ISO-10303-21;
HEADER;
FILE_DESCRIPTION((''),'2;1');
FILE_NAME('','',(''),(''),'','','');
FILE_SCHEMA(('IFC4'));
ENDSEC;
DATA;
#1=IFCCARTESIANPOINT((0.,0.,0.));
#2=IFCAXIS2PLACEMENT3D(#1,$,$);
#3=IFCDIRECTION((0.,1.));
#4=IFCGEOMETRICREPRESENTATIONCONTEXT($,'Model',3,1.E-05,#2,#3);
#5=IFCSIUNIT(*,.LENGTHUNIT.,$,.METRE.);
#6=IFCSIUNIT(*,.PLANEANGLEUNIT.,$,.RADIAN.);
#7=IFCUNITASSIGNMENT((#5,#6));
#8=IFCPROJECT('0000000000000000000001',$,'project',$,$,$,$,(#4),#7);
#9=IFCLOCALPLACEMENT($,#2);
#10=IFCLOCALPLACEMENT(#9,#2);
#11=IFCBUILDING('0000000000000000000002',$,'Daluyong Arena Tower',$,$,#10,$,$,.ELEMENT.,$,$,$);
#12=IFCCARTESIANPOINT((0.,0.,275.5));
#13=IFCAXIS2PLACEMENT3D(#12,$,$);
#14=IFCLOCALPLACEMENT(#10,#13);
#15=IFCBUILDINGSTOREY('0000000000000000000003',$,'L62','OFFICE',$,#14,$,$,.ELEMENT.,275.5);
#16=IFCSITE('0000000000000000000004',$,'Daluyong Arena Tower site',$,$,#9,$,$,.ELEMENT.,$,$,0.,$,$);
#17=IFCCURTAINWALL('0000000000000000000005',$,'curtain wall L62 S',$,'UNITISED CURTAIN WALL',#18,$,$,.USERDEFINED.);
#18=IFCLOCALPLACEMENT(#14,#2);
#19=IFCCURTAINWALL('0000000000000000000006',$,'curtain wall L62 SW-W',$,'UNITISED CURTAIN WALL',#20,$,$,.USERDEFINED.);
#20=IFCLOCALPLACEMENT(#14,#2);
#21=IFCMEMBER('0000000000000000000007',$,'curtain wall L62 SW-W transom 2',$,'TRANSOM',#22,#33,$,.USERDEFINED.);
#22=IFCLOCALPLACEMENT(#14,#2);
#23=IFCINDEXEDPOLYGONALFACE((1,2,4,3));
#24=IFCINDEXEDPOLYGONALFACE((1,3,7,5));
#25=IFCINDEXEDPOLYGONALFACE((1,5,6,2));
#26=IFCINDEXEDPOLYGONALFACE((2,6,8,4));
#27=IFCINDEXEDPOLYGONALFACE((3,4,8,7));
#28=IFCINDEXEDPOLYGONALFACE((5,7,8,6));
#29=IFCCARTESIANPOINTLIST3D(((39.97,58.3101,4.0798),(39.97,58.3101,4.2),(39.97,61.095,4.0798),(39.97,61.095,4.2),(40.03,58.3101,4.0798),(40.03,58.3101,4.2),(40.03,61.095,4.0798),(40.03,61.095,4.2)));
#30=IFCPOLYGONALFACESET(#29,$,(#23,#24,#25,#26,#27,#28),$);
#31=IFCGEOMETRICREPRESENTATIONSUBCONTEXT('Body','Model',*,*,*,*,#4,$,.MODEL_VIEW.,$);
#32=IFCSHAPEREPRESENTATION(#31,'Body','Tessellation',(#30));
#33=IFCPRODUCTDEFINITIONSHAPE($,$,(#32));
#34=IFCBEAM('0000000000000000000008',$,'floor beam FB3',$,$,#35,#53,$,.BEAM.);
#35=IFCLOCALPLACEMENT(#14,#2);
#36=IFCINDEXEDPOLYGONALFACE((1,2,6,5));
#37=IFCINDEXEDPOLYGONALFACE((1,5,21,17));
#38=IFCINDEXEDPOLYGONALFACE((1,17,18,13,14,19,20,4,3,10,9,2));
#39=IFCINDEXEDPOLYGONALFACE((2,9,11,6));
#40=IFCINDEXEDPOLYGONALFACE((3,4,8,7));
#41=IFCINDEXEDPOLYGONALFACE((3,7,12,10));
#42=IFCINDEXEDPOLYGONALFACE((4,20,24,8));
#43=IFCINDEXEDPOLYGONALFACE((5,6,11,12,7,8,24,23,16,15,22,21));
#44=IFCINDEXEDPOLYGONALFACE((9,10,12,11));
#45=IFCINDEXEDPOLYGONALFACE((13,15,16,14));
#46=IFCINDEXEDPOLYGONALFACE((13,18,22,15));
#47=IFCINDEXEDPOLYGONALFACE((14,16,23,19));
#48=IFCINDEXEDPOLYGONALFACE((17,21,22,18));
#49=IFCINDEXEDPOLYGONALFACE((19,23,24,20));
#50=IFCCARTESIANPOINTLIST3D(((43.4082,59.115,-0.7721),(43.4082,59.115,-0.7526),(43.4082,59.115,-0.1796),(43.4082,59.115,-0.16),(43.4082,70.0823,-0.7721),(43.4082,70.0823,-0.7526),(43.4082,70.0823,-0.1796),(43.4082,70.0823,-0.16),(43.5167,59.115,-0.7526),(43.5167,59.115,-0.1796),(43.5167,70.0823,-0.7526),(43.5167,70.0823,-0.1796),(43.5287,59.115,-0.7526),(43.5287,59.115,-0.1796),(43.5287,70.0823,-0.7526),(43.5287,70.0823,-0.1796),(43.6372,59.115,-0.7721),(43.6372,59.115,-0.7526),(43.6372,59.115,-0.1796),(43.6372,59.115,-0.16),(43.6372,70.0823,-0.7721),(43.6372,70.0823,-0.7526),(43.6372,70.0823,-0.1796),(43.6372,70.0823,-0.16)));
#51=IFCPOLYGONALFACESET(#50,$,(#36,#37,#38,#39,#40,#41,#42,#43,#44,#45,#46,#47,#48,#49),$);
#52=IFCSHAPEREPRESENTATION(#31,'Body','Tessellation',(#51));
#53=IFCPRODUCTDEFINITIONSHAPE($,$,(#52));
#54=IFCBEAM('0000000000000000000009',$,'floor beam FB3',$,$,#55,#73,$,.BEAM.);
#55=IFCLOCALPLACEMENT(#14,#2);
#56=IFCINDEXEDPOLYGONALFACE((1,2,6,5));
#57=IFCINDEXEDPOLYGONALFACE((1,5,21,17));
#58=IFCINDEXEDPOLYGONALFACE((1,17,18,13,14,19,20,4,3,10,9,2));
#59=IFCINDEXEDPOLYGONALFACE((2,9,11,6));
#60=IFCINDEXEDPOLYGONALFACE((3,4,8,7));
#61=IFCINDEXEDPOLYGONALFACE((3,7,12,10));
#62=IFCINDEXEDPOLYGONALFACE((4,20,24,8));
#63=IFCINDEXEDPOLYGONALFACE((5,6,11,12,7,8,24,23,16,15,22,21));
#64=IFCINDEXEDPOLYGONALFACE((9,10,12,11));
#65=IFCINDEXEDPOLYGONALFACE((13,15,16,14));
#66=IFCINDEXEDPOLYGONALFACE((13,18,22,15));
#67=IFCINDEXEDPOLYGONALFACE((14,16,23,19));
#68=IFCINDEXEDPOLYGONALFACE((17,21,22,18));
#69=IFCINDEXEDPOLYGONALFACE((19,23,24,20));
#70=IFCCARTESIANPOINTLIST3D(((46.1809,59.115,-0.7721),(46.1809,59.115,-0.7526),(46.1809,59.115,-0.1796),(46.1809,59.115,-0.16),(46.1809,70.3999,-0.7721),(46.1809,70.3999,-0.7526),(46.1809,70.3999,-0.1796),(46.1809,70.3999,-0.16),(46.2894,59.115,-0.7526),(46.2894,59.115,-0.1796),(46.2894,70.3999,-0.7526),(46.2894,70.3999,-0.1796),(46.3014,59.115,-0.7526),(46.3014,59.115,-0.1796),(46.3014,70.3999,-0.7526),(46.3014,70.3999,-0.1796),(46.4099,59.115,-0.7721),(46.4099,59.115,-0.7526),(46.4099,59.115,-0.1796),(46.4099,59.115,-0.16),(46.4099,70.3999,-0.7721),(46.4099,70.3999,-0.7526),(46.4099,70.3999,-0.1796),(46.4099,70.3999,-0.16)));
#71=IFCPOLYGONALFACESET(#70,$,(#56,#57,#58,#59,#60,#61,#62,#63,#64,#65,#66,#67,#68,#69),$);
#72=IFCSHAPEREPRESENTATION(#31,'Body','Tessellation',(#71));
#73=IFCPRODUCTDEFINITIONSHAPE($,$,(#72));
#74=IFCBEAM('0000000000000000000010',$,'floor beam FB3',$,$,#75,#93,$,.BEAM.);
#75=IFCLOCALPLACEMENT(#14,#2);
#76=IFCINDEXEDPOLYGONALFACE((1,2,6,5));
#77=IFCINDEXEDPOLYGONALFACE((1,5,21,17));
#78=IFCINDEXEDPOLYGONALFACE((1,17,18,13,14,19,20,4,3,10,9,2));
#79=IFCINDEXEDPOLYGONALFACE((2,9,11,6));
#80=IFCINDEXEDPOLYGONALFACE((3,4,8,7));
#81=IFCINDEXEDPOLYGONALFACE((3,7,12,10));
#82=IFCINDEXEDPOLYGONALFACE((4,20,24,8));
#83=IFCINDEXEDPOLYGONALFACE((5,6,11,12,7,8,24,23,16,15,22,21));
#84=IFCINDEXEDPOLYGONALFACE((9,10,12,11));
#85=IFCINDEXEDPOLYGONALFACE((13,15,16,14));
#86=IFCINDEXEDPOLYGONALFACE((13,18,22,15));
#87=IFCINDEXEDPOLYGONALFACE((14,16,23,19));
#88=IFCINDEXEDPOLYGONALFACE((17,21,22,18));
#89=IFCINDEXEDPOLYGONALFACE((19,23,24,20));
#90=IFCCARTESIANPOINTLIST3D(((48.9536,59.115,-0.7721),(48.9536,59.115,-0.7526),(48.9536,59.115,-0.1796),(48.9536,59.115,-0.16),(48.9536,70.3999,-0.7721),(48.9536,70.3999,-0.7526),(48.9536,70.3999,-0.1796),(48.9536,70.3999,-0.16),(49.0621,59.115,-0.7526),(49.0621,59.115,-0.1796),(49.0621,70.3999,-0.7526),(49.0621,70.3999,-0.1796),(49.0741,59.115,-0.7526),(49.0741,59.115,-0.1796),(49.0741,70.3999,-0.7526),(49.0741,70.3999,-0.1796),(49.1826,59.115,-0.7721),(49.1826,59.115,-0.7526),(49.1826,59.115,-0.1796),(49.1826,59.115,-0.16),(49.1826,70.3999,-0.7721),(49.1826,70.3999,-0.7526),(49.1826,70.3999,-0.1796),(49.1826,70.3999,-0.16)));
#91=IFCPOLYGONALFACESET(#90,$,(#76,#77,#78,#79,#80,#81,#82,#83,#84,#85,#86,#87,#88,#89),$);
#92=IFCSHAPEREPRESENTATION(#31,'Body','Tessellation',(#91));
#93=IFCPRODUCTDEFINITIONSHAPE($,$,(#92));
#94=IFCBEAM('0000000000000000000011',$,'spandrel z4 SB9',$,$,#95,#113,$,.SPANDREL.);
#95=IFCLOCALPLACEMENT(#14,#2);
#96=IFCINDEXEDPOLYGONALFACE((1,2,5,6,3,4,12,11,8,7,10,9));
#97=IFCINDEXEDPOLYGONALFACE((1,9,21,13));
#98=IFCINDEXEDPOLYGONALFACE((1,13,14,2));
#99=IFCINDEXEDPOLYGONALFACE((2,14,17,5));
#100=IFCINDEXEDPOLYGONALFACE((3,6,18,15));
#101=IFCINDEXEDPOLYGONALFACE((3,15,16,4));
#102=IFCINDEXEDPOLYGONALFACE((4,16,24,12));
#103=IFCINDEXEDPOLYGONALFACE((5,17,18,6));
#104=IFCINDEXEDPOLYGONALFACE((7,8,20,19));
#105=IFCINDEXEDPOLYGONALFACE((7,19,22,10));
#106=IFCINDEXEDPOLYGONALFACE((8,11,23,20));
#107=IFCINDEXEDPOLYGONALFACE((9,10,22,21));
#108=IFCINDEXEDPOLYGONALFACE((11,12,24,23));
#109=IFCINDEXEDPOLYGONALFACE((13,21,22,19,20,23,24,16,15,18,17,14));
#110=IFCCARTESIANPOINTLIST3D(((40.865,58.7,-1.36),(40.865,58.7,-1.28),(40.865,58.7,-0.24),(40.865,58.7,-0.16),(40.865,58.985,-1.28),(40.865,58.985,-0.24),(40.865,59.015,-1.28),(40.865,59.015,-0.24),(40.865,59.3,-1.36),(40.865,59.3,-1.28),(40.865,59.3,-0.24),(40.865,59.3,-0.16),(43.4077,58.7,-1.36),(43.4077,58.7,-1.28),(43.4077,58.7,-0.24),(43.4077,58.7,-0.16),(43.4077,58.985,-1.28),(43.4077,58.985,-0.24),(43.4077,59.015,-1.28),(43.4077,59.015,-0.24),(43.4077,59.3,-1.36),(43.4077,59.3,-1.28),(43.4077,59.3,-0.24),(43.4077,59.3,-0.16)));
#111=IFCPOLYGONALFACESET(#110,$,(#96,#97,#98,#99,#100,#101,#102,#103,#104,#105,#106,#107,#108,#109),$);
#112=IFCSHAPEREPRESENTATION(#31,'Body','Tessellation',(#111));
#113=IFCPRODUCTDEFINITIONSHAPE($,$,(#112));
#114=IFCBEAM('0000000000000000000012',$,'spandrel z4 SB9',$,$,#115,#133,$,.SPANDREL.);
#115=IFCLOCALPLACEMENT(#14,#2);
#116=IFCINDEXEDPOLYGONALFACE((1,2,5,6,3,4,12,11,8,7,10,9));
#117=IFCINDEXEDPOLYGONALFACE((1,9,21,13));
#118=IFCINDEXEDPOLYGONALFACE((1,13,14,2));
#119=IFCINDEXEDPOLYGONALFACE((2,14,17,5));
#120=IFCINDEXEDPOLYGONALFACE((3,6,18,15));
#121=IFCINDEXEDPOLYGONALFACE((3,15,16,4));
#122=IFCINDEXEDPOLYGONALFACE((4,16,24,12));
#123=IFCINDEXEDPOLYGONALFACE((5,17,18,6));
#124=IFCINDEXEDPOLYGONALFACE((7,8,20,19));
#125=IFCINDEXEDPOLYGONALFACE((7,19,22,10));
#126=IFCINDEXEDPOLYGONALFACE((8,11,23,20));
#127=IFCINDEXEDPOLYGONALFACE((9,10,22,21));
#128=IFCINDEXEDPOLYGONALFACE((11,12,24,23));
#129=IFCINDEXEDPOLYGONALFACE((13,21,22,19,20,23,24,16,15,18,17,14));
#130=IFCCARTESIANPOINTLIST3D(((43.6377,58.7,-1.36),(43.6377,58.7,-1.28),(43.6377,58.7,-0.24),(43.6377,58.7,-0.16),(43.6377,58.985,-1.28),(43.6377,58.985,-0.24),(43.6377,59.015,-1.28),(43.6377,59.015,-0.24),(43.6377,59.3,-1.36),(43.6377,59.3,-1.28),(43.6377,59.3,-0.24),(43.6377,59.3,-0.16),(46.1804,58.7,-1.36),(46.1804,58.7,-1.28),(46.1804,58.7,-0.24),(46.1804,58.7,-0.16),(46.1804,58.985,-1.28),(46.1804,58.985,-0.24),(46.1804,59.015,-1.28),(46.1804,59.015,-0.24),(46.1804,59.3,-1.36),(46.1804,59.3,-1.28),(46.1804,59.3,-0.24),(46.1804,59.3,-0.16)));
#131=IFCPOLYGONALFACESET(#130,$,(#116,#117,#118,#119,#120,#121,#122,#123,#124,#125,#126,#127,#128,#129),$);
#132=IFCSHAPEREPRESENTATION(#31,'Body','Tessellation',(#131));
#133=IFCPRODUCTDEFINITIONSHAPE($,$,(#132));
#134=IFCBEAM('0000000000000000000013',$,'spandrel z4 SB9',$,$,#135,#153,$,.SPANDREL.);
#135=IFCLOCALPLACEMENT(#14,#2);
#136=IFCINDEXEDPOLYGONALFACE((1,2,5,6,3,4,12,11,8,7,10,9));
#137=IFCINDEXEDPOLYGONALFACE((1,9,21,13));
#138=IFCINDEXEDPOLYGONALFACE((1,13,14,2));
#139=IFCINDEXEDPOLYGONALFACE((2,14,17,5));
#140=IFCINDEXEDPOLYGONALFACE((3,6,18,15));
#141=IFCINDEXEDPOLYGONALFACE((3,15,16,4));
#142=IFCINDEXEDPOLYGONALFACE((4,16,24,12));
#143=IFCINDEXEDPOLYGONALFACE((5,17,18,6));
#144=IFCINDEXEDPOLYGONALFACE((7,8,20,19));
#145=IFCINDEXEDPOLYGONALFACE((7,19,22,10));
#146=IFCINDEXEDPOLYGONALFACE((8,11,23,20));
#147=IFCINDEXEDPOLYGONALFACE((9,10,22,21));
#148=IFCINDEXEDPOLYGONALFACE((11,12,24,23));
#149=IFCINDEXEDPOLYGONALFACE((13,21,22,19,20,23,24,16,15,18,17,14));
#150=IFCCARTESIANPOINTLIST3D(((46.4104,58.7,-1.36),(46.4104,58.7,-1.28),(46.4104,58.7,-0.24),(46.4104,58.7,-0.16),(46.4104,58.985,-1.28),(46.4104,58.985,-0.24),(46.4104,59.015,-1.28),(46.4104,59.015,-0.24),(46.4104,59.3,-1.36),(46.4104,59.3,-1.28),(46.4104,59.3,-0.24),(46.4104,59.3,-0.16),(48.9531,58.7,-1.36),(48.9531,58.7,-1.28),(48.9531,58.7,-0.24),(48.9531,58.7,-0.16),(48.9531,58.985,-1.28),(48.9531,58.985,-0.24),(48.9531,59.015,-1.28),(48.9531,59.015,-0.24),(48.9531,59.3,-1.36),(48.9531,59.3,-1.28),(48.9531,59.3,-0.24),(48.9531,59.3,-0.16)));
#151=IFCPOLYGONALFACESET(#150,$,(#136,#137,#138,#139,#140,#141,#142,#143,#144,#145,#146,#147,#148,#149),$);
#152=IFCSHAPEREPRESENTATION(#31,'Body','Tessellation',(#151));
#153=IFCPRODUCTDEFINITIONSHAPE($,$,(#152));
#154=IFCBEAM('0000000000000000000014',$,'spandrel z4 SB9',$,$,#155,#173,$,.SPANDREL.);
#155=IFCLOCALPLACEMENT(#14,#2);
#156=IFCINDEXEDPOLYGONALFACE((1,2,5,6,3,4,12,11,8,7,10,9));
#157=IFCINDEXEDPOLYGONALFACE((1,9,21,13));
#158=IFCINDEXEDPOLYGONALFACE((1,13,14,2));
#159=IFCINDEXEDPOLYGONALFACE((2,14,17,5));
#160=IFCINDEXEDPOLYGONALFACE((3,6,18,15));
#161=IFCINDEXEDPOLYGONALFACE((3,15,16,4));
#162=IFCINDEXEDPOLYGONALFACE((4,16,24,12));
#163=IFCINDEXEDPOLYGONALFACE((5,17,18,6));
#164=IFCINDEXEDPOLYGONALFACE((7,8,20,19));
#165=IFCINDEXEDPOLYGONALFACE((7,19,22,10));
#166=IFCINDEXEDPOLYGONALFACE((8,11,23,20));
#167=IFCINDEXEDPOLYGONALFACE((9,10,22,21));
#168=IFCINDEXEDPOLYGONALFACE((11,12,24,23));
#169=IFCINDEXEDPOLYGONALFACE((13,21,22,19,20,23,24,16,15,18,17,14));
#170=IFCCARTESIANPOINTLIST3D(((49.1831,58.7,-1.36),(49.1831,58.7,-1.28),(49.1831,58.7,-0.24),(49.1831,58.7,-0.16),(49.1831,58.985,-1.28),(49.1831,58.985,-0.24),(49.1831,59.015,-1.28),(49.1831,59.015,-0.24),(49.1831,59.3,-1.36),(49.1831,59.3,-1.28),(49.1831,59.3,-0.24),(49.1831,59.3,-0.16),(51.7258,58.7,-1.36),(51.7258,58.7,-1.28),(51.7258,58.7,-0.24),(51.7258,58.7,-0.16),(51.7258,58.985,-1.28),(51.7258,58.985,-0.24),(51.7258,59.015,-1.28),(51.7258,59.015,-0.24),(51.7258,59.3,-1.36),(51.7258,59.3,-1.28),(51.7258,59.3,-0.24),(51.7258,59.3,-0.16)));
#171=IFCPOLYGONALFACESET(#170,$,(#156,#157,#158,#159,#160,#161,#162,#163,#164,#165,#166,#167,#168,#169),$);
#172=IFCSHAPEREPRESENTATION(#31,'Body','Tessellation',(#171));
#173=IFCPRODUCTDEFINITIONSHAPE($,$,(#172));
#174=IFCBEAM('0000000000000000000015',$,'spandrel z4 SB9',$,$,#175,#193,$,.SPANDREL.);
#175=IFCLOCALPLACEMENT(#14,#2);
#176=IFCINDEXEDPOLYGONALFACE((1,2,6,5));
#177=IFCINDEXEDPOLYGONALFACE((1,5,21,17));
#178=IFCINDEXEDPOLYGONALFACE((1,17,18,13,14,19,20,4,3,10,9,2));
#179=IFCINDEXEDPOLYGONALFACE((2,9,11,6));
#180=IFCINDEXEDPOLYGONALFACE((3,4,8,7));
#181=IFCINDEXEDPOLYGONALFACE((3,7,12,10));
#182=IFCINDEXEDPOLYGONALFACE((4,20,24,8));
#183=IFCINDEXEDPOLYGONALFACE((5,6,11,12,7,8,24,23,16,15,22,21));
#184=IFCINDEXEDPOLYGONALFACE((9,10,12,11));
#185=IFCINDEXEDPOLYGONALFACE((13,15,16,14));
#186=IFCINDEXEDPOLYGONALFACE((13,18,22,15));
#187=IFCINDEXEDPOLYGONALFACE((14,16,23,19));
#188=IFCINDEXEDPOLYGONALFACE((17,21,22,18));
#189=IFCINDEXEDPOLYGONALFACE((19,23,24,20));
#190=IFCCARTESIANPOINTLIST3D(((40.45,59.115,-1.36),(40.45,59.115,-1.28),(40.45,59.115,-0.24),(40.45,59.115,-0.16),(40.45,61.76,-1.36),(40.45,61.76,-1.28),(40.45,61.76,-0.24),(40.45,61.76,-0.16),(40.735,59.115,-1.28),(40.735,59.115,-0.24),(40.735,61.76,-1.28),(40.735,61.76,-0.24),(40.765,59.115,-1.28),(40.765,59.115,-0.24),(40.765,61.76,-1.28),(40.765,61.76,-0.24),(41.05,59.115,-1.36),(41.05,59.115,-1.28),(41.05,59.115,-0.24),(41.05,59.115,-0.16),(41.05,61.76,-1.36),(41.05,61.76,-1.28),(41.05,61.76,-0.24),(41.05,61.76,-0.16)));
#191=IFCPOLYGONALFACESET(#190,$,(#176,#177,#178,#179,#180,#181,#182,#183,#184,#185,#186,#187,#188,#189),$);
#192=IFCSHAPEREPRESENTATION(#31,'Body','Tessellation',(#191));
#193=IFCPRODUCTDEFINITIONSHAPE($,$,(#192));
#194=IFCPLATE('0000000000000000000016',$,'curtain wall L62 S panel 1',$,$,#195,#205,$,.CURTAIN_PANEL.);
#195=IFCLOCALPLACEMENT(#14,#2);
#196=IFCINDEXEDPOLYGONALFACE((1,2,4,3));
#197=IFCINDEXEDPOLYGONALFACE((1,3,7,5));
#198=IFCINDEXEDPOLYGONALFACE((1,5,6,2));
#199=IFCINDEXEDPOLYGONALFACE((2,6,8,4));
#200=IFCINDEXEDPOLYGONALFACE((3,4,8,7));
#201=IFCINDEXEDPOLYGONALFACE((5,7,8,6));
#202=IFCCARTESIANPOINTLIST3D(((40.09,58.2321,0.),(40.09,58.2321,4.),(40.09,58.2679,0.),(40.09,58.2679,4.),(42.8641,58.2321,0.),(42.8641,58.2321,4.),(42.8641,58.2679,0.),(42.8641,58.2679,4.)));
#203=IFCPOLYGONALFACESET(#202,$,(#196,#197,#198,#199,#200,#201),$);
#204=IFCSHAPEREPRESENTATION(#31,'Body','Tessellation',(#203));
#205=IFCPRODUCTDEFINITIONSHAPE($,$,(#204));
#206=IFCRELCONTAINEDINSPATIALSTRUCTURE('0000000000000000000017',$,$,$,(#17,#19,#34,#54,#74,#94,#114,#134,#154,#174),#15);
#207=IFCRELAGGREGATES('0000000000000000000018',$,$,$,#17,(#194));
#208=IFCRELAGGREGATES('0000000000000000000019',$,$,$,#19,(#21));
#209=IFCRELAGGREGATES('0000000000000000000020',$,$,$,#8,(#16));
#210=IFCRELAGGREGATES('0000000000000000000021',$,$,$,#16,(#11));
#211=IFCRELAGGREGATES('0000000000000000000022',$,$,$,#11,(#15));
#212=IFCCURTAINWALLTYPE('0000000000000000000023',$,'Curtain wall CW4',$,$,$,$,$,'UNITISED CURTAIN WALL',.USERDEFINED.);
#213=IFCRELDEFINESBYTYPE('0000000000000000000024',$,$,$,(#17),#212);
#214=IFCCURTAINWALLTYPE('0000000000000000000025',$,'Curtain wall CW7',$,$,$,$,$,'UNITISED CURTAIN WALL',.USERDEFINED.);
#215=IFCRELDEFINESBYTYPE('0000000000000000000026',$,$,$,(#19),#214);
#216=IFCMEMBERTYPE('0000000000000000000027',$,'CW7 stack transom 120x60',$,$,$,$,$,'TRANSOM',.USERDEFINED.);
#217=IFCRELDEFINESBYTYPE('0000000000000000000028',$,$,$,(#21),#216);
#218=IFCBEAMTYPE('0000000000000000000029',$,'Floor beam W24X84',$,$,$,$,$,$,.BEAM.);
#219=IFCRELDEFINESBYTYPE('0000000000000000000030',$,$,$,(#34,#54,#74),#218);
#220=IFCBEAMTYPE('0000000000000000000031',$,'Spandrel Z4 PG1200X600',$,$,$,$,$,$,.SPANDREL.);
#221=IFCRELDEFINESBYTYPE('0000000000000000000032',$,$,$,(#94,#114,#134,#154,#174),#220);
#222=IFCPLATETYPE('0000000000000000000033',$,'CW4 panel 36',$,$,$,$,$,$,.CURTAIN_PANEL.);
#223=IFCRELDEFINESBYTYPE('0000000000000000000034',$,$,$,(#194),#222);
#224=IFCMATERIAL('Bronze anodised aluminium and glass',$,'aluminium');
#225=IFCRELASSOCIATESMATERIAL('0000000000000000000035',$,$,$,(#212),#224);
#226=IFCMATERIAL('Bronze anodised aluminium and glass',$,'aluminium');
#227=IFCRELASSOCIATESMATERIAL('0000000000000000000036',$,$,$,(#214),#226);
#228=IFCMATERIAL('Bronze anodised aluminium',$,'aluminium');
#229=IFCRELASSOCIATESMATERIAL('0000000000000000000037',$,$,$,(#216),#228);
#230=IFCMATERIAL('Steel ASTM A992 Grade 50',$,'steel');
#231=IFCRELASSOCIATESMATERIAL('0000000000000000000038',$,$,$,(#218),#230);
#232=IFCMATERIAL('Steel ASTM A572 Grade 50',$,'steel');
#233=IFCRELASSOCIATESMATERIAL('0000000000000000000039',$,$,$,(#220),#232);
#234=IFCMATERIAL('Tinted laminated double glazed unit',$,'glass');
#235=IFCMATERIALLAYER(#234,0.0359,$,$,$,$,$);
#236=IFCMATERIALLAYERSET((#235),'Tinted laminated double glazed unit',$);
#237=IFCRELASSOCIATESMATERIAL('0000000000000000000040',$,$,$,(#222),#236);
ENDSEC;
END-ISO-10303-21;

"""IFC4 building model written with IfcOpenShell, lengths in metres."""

from ifc_helpers import new_model, si_unit, direction, frame, origin, origin_2d, place, context, subcontext, project, spatial, rectangle, i_section, extrude, material, layer, layer_set, material_profile, profile_set, type_object, element, aggregate, save


model = new_model("IFC4")

# Units and contexts
model_context = context("Model", 3, precision=1e-05, world=origin(), true_north=direction((0.0, 1.0)))
body_context = subcontext(model_context, "Body", "Model", "MODEL_VIEW")
ifc_project = project(units=[si_unit("LENGTHUNIT", "METRE"), si_unit("PLANEANGLEUNIT", "RADIAN")], contexts=[model_context])

# Site, building, storey
site_placement = place(None, origin())
site = spatial("IfcSite", under=ifc_project, at=site_placement, Name="Daluyong Arena Tower site", CompositionType="ELEMENT", RefElevation=0.0)
building_placement = place(site_placement, origin())
building = spatial("IfcBuilding", under=site, at=building_placement, Name="Daluyong Arena Tower", CompositionType="ELEMENT")
storey_placement = place(building_placement, frame((0.0, 0.0, 275.5)))
storey = spatial("IfcBuildingStorey", under=building, at=storey_placement, Name="L62", Description="OFFICE", CompositionType="ELEMENT", Elevation=275.5)

# Curtain walls, member
ifc_material_1 = material(Name="Bronze anodised aluminium and glass", Category="aluminium")
curtain_wall_type_1 = type_object("IfcCurtainWallType", Name="Curtain wall CW4", ElementType="UNITISED CURTAIN WALL", PredefinedType="USERDEFINED", material=ifc_material_1)
curtain_wall_1_placement = place(storey_placement, origin())
curtain_wall_1 = element("IfcCurtainWall", 1, at=curtain_wall_1_placement, inside=storey, type_object=curtain_wall_type_1, Name="curtain wall L62 S", ObjectType="UNITISED CURTAIN WALL", PredefinedType="USERDEFINED")
ifc_material_2 = material(Name="Bronze anodised aluminium and glass", Category="aluminium")
curtain_wall_type_2 = type_object("IfcCurtainWallType", Name="Curtain wall CW7", ElementType="UNITISED CURTAIN WALL", PredefinedType="USERDEFINED", material=ifc_material_2)
curtain_wall_2_placement = place(storey_placement, origin())
curtain_wall_2 = element("IfcCurtainWall", 2, at=curtain_wall_2_placement, inside=storey, type_object=curtain_wall_type_2, Name="curtain wall L62 SW-W", ObjectType="UNITISED CURTAIN WALL", PredefinedType="USERDEFINED")
ifc_material_3 = material(Name="Bronze anodised aluminium", Category="aluminium")
ifc_material_profile_1 = material_profile(ifc_material_3, rectangle(XDim=0.0601, YDim=0.1201, at=origin_2d()))
ifc_profile_set_1 = profile_set([ifc_material_profile_1], Name="Bronze anodised aluminium")
member_type_1 = type_object("IfcMemberType", Name="CW7 stack transom 120x60", ElementType="TRANSOM", PredefinedType="USERDEFINED", material=ifc_profile_set_1)
member_1_placement = place(storey_placement, frame((40.0, 61.095, 4.1399), z_axis=(0.0, -1.0, 0.0), x_axis=(1.0, 0.0, 0.0)))
member_1 = element("IfcMember", 3, at=member_1_placement, type_object=member_type_1, Name="curtain wall L62 SW-W transom 2", ObjectType="TRANSOM", PredefinedType="USERDEFINED", context=body_context, shape_type="SweptSolid", body=[
    extrude(rectangle(XDim=0.0601, YDim=0.1201, at=origin_2d()), origin(), (0.0, 0.0, 1.0), 2.7849),
])

# Beams
ifc_material_4 = material(Name="Steel ASTM A992 Grade 50", Category="steel")
ifc_material_profile_2 = material_profile(ifc_material_4, i_section(OverallWidth=0.229, OverallDepth=0.6121, WebThickness=0.012, FlangeThickness=0.0195, at=origin_2d()))
ifc_profile_set_2 = profile_set([ifc_material_profile_2], Name="Steel ASTM A992 Grade 50")
beam_type_1 = type_object("IfcBeamType", Name="Floor beam W24X84", PredefinedType="BEAM", material=ifc_profile_set_2)
beam_1_placement = place(storey_placement, frame((43.5227, 59.115, -0.4661), z_axis=(0.0, 1.0, 0.0), x_axis=(-1.0, 0.0, 0.0)))
element("IfcBeam", 4, at=beam_1_placement, inside=storey, type_object=beam_type_1, Name="floor beam FB3", PredefinedType="BEAM", context=body_context, shape_type="SweptSolid", body=[
    extrude(i_section(OverallWidth=0.229, OverallDepth=0.6121, WebThickness=0.012, FlangeThickness=0.0195, at=origin_2d()), origin(), (0.0, 0.0, 1.0), 10.9673),
])
for number, where, z_axis, x_axis, name in (
    (5, (46.2954, 59.115, -0.4661), (0.0, 1.0, 0.0), (-1.0, 0.0, 0.0), "floor beam FB3"),
    (6, (49.0681, 59.115, -0.4661), (0.0, 1.0, 0.0), (-1.0, 0.0, 0.0), "floor beam FB3"),
):
    element("IfcBeam", number, at=place(storey_placement, frame(where, z_axis=z_axis, x_axis=x_axis)), inside=storey, type_object=beam_type_1, Name=name, PredefinedType="BEAM", context=body_context, shape_type="SweptSolid", body=[
        extrude(i_section(OverallWidth=0.229, OverallDepth=0.6121, WebThickness=0.012, FlangeThickness=0.0195, at=origin_2d()), origin(), (0.0, 0.0, 1.0), 11.2849),
    ])
ifc_material_5 = material(Name="Steel ASTM A572 Grade 50", Category="steel")
ifc_material_profile_3 = material_profile(ifc_material_5, i_section(OverallWidth=0.6001, OverallDepth=1.2, WebThickness=0.03, FlangeThickness=0.08, at=origin_2d()))
ifc_profile_set_3 = profile_set([ifc_material_profile_3], Name="Steel ASTM A572 Grade 50")
beam_type_2 = type_object("IfcBeamType", Name="Spandrel Z4 PG1200X600", PredefinedType="SPANDREL", material=ifc_profile_set_3)
for number, where, z_axis, x_axis, name in (
    (7, (40.865, 59.0, -0.76), (1.0, 0.0, 0.0), (0.0, 1.0, 0.0), "spandrel z4 SB9"),
    (8, (43.6377, 59.0, -0.76), (1.0, 0.0, 0.0), (0.0, 1.0, 0.0), "spandrel z4 SB9"),
    (9, (46.4104, 59.0, -0.76), (1.0, 0.0, 0.0), (0.0, 1.0, 0.0), "spandrel z4 SB9"),
    (10, (49.1831, 59.0, -0.76), (1.0, 0.0, 0.0), (0.0, 1.0, 0.0), "spandrel z4 SB9"),
):
    element("IfcBeam", number, at=place(storey_placement, frame(where, z_axis=z_axis, x_axis=x_axis)), inside=storey, type_object=beam_type_2, Name=name, PredefinedType="SPANDREL", context=body_context, shape_type="SweptSolid", body=[
        extrude(i_section(OverallWidth=0.6001, OverallDepth=1.2, WebThickness=0.03, FlangeThickness=0.08, at=origin_2d()), origin(), (0.0, 0.0, 1.0), 2.5427),
    ])
beam_2_placement = place(storey_placement, frame((40.75, 61.76, -0.76), z_axis=(0.0, -1.0, 0.0), x_axis=(1.0, 0.0, 0.0)))
element("IfcBeam", 11, at=beam_2_placement, inside=storey, type_object=beam_type_2, Name="spandrel z4 SB9", PredefinedType="SPANDREL", context=body_context, shape_type="SweptSolid", body=[
    extrude(i_section(OverallWidth=0.6001, OverallDepth=1.2, WebThickness=0.03, FlangeThickness=0.08, at=origin_2d()), origin(), (0.0, 0.0, 1.0), 2.645),
])

# Plate
ifc_material_6 = material(Name="Tinted laminated double glazed unit", Category="glass")
ifc_layer_1 = layer(ifc_material_6, 0.0359)
ifc_layer_set_1 = layer_set([ifc_layer_1], Name="Tinted laminated double glazed unit")
plate_type_1 = type_object("IfcPlateType", Name="CW4 panel 36", PredefinedType="CURTAIN_PANEL", material=ifc_layer_set_1)
plate_1_placement = place(storey_placement, frame((41.4771, 58.25, 0.0), z_axis=(0.0, 0.0, 1.0), x_axis=(1.0, 0.0, 0.0)))
plate_1 = element("IfcPlate", 12, at=plate_1_placement, type_object=plate_type_1, Name="curtain wall L62 S panel 1", PredefinedType="CURTAIN_PANEL", context=body_context, shape_type="SweptSolid", body=[
    extrude(rectangle(XDim=2.7742, YDim=0.0359, at=origin_2d()), origin(), (0.0, 0.0, 1.0), 4.0),
])
aggregate(curtain_wall_1, [plate_1])
aggregate(curtain_wall_2, [member_1])

save(model, "model.ifc")
